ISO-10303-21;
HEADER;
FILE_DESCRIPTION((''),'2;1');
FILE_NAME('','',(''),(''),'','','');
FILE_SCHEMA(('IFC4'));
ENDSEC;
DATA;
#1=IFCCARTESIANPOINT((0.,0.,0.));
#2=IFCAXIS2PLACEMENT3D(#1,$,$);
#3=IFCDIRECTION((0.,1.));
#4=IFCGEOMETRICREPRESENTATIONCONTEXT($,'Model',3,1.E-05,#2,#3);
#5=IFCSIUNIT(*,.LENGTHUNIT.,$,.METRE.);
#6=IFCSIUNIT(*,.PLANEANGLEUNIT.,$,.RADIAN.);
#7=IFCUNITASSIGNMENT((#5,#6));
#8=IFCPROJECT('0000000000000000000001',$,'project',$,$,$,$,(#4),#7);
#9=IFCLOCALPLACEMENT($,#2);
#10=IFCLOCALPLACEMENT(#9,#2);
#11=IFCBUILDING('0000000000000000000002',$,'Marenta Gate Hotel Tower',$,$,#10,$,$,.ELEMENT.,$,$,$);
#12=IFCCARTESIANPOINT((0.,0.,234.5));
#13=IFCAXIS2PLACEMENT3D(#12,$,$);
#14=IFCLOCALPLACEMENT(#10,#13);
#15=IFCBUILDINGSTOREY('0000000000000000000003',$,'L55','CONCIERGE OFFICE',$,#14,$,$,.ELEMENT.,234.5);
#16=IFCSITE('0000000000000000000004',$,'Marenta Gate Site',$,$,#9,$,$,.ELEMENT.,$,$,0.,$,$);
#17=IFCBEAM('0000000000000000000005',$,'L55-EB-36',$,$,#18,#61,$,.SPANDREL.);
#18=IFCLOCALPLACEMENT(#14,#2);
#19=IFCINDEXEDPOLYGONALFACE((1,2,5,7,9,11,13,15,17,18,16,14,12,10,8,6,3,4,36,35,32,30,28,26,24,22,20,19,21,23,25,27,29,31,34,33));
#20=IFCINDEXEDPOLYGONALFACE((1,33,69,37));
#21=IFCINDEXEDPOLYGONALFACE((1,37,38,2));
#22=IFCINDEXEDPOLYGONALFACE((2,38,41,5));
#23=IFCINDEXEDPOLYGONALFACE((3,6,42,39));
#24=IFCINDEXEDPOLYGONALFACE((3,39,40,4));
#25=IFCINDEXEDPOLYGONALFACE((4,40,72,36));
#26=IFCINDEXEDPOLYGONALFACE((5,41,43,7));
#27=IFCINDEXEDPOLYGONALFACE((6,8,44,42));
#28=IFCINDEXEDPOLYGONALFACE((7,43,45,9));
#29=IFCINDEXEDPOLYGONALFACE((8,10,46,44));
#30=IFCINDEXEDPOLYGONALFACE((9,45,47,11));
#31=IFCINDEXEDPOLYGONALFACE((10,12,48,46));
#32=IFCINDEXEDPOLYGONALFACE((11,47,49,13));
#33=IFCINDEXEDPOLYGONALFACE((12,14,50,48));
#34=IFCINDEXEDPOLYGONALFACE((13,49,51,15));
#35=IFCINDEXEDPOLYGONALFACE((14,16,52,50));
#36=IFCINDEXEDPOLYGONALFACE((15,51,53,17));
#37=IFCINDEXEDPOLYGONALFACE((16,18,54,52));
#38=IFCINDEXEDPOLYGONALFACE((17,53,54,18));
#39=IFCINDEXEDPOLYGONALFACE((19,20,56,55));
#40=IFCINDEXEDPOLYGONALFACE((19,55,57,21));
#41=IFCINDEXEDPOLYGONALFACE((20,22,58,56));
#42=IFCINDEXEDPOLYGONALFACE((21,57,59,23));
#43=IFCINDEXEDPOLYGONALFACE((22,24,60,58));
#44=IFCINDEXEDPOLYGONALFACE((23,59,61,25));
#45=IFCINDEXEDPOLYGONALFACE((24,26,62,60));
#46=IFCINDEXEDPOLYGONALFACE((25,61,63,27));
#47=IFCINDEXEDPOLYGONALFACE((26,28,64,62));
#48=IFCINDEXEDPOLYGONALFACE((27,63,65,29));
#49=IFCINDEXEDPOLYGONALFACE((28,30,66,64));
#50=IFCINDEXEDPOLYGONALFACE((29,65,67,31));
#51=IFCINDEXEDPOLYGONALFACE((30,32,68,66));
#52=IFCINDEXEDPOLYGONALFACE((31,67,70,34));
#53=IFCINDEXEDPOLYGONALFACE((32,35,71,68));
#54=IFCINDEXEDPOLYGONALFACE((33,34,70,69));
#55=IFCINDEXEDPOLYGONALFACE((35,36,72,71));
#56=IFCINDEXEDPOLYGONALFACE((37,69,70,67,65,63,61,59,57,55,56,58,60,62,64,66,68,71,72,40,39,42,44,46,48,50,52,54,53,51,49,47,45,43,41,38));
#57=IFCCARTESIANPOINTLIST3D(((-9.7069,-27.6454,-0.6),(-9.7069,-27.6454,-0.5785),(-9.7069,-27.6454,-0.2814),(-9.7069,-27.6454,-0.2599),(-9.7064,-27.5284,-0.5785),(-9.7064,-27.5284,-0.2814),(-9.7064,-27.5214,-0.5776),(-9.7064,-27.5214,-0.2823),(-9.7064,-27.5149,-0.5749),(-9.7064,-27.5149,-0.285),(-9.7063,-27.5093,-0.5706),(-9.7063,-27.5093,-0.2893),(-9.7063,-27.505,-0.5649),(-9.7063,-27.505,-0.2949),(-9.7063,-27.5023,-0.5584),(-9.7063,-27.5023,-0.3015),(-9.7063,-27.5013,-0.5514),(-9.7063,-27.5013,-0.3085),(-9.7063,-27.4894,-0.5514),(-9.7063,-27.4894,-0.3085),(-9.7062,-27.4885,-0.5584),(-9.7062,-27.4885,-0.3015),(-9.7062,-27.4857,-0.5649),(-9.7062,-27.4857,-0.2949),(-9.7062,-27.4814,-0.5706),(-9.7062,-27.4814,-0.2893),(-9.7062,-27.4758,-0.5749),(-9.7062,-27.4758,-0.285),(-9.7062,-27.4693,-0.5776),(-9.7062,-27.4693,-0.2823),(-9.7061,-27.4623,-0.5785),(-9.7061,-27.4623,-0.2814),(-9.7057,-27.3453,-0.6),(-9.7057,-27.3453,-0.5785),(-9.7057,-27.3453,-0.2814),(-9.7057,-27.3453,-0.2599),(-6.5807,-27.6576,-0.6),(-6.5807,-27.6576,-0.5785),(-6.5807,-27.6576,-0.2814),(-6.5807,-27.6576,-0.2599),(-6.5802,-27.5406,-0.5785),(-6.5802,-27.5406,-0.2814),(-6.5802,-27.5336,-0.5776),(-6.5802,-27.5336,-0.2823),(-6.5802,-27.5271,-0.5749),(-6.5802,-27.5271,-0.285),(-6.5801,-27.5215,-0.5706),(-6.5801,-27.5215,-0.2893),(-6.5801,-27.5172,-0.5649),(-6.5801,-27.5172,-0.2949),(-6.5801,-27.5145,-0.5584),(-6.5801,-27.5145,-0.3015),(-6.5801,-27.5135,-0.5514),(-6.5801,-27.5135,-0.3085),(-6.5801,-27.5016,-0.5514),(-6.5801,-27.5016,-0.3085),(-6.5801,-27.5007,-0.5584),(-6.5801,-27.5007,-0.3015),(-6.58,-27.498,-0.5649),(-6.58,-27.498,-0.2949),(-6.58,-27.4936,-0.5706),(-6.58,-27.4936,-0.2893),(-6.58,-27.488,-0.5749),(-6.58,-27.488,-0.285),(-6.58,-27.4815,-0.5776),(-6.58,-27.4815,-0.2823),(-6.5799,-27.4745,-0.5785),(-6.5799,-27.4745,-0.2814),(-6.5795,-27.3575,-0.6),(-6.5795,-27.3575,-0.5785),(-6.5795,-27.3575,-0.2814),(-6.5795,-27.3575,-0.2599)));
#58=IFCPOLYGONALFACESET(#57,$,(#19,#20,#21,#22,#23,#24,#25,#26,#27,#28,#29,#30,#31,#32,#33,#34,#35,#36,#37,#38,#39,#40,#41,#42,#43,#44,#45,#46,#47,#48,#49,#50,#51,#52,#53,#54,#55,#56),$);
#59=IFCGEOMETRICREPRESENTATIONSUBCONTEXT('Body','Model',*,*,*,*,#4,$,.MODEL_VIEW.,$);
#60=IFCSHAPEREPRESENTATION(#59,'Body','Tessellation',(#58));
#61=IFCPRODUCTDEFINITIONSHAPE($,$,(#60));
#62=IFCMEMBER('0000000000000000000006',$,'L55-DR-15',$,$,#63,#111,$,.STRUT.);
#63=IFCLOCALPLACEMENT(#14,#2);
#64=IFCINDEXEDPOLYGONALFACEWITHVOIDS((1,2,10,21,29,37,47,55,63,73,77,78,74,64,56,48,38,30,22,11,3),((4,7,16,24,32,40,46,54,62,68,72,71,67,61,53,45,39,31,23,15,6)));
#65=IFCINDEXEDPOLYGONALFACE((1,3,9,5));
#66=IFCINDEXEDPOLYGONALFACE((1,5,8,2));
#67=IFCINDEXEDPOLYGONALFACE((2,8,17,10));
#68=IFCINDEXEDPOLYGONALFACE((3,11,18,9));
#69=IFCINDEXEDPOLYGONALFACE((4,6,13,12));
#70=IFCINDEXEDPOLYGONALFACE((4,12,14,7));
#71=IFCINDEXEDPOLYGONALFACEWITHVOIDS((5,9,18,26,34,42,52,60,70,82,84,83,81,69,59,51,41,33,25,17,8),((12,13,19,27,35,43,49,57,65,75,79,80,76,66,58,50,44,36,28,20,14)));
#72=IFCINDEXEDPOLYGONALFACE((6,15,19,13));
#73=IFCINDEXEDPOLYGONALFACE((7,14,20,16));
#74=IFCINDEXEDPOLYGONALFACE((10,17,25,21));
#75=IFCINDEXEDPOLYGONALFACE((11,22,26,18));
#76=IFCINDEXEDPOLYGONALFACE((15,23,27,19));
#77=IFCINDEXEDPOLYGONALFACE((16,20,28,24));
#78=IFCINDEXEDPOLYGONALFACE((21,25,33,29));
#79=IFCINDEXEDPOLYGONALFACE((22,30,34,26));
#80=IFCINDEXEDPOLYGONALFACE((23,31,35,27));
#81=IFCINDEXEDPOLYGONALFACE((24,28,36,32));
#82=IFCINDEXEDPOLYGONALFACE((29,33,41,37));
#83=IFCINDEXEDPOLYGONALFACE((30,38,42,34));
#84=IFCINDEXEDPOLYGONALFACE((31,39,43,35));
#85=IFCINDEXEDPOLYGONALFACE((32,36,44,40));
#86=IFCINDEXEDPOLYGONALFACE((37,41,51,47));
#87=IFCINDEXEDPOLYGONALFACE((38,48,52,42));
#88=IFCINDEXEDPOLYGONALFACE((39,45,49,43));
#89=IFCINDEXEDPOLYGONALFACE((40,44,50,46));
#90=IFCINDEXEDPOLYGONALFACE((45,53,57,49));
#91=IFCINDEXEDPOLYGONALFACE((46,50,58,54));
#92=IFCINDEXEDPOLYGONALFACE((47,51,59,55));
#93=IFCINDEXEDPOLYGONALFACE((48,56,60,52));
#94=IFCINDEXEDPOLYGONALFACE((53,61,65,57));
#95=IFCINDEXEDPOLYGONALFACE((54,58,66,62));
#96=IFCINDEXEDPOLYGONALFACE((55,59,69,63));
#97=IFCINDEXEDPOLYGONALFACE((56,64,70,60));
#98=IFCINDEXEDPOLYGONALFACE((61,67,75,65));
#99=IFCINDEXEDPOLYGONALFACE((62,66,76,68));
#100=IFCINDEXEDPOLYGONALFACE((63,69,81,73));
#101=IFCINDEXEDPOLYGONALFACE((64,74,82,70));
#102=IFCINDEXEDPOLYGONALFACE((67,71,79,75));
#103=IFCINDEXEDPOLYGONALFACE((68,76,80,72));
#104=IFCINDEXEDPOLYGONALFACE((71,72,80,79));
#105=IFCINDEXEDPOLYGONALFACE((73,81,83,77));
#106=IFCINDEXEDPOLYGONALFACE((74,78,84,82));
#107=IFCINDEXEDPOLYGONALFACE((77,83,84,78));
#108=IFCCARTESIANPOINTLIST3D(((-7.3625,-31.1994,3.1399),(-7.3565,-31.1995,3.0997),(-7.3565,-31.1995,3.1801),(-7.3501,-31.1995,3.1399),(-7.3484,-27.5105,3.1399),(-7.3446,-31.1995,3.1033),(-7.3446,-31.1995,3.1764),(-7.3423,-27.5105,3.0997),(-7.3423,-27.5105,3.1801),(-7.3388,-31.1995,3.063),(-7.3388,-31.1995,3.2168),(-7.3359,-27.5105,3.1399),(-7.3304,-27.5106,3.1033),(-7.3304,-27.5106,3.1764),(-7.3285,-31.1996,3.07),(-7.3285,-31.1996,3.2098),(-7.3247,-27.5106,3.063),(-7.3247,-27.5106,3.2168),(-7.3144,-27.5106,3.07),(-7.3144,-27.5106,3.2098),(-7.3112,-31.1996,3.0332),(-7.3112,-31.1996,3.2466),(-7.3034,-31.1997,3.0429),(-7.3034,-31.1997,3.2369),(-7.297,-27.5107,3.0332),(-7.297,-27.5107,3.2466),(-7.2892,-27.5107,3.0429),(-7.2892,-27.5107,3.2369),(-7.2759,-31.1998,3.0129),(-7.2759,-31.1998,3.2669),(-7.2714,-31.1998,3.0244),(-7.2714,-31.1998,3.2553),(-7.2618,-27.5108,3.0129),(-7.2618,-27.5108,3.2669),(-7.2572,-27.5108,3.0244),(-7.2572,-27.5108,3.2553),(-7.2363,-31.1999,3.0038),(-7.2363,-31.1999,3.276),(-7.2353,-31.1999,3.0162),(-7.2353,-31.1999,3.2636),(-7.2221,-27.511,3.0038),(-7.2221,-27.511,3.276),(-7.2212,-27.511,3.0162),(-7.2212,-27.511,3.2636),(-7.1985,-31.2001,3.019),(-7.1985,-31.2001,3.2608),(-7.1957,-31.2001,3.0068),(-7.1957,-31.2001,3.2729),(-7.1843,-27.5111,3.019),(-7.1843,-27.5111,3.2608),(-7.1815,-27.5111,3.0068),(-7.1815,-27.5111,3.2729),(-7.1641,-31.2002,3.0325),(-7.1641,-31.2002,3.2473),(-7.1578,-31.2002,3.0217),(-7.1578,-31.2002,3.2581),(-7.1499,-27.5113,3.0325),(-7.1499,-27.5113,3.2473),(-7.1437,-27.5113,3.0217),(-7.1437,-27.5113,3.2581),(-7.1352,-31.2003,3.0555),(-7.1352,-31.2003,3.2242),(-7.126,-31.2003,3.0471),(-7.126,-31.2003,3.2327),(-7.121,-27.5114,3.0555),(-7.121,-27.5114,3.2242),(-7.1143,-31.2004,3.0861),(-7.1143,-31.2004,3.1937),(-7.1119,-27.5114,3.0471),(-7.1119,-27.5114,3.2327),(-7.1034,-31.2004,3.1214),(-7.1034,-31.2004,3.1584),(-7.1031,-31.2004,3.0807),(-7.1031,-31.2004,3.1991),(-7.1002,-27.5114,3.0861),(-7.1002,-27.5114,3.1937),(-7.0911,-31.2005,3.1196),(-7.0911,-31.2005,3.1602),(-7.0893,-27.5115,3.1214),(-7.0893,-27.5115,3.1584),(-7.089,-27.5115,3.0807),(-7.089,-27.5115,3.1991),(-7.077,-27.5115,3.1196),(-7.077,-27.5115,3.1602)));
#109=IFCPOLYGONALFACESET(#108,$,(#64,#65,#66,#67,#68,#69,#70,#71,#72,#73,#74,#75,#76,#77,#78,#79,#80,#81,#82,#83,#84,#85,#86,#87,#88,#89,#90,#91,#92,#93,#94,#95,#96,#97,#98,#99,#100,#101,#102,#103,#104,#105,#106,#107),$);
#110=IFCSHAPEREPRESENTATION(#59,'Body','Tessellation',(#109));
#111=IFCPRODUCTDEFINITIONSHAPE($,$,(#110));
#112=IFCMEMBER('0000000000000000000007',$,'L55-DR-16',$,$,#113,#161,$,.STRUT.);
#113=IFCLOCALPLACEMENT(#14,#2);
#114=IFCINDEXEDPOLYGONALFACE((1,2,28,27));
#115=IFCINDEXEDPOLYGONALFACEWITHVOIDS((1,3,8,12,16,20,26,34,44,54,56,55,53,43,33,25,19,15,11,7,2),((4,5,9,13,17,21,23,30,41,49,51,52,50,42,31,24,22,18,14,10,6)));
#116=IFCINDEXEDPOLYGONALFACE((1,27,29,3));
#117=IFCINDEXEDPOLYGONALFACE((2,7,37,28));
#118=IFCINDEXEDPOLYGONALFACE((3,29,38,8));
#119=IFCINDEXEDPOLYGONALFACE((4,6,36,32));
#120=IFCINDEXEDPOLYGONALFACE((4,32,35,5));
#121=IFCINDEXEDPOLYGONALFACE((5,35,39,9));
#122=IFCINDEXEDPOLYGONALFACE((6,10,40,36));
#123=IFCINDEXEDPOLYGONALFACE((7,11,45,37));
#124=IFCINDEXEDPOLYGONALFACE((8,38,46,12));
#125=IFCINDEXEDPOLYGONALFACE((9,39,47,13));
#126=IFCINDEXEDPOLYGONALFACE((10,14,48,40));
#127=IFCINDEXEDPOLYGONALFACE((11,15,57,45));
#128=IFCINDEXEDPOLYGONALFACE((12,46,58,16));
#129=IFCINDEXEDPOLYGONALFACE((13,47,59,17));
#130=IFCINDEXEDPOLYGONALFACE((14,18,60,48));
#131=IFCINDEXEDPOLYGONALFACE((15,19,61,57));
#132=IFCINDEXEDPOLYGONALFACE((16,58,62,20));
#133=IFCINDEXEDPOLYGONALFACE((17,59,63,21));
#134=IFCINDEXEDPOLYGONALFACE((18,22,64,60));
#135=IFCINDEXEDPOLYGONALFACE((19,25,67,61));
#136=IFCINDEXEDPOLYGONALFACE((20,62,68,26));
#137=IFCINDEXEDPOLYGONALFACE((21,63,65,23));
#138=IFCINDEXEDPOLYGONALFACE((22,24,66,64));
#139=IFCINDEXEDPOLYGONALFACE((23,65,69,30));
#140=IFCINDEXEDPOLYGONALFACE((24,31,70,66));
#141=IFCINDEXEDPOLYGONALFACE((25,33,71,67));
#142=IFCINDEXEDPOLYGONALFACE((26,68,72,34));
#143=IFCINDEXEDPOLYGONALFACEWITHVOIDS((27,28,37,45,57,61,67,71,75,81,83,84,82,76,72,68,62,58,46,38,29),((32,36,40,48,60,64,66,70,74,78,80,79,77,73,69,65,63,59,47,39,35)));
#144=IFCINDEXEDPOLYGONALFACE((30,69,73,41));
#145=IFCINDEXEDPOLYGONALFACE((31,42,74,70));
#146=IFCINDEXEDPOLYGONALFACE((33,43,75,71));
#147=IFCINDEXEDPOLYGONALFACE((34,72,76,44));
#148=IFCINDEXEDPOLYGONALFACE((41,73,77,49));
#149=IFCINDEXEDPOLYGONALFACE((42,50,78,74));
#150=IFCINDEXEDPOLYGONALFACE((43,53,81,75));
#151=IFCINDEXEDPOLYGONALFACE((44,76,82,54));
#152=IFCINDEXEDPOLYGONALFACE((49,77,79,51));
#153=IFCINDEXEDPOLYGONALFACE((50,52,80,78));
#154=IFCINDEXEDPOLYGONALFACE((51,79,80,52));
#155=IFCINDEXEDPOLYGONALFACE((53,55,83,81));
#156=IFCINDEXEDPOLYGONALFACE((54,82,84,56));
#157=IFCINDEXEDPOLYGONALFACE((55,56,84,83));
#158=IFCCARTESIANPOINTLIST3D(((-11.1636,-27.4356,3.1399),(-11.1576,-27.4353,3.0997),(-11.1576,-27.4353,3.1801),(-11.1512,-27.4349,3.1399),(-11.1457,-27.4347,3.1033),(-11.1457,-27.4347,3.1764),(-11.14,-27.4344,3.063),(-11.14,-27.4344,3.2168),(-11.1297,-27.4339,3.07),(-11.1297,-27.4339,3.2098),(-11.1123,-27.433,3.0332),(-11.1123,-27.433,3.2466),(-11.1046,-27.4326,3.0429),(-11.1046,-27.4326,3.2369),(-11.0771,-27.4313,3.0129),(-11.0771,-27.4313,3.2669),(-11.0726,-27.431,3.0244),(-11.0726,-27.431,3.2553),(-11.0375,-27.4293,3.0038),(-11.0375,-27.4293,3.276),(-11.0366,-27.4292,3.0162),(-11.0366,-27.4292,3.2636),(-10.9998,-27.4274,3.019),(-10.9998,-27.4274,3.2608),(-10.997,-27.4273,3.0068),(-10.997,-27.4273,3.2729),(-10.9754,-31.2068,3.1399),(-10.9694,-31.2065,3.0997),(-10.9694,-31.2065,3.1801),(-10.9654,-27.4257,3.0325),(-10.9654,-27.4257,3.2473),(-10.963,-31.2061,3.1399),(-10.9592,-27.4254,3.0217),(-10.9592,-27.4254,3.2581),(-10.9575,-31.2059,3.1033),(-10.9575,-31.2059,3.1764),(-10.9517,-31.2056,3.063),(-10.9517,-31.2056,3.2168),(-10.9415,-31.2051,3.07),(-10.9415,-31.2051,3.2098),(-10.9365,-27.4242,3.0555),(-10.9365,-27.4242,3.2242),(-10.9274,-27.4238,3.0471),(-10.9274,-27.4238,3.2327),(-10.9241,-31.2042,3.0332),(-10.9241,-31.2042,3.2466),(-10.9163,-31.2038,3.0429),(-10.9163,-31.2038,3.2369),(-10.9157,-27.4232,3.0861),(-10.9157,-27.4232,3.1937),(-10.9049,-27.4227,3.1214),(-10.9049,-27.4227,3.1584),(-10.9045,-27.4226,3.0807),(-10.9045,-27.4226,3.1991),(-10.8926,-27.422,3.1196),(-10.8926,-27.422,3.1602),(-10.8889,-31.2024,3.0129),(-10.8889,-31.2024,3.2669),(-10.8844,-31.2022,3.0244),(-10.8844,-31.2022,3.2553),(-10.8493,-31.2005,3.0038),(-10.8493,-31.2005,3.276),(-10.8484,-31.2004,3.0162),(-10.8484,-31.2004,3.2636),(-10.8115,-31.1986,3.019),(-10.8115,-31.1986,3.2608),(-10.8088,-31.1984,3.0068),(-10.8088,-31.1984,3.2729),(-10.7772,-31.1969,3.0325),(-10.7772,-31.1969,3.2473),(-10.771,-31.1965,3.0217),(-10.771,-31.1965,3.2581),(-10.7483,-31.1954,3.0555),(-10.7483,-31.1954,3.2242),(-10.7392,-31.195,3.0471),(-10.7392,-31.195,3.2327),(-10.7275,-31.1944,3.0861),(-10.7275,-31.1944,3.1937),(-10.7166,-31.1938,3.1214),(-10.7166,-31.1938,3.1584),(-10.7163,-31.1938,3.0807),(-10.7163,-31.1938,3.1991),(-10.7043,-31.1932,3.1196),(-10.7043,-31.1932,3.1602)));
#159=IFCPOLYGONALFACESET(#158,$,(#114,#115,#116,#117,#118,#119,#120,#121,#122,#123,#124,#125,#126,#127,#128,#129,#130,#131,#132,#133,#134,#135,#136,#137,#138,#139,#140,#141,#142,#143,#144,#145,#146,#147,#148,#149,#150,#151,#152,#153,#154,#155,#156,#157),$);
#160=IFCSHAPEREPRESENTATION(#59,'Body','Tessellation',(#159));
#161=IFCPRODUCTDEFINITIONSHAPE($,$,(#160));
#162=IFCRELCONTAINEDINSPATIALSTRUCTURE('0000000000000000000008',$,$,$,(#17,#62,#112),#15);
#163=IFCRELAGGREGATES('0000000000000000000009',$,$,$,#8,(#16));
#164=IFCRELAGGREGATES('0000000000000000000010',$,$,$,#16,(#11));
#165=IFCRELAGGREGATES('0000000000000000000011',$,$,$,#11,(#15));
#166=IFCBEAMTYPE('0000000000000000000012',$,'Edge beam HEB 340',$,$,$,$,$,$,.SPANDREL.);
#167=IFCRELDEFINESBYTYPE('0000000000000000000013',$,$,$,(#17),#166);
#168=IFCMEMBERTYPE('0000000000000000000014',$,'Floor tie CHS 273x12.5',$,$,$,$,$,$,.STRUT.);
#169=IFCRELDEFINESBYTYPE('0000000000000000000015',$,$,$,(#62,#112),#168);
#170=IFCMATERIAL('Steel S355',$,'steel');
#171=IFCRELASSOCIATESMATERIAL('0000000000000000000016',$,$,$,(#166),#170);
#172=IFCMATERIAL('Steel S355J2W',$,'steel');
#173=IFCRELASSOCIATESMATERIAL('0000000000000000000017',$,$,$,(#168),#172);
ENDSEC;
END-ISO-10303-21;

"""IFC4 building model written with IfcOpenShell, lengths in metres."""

from ifc_helpers import new_model, si_unit, direction, frame, origin, origin_2d, place, context, subcontext, project, spatial, hollow_circle, i_section, extrude, material, material_profile, profile_set, type_object, element, save


model = new_model("IFC4")

# Units and contexts
model_context = context("Model", 3, precision=1e-05, world=origin(), true_north=direction((0.0, 1.0)))
body_context = subcontext(model_context, "Body", "Model", "MODEL_VIEW")
ifc_project = project(units=[si_unit("LENGTHUNIT", "METRE"), si_unit("PLANEANGLEUNIT", "RADIAN")], contexts=[model_context])

# Site, building, storey
site_placement = place(None, origin())
site = spatial("IfcSite", under=ifc_project, at=site_placement, Name="Marenta Gate Site", CompositionType="ELEMENT", RefElevation=0.0)
building_placement = place(site_placement, origin())
building = spatial("IfcBuilding", under=site, at=building_placement, Name="Marenta Gate Hotel Tower", CompositionType="ELEMENT")
storey_placement = place(building_placement, frame((0.0, 0.0, 234.5)))
storey = spatial("IfcBuildingStorey", under=building, at=storey_placement, Name="L55", Description="CONCIERGE OFFICE", CompositionType="ELEMENT", Elevation=234.5)

# Beam
ifc_material_1 = material(Name="Steel S355", Category="steel")
ifc_material_profile_1 = material_profile(ifc_material_1, i_section(OverallWidth=0.3, OverallDepth=0.3401, WebThickness=0.012, FlangeThickness=0.0215, FilletRadius=0.0271, at=origin_2d()), Name="HEB 340")
ifc_profile_set_1 = profile_set([ifc_material_profile_1], Name="Steel S355")
beam_type = type_object("IfcBeamType", Name="Edge beam HEB 340", PredefinedType="SPANDREL", material=ifc_profile_set_1)
beam_1_placement = place(storey_placement, frame((-6.5801, -27.5076, -0.4299), z_axis=(-0.999992, 0.003905, 0.0), x_axis=(-0.003905, -0.999992, 0.0)))
element("IfcBeam", 1, at=beam_1_placement, inside=storey, type_object=beam_type, Name="L55-EB-36", PredefinedType="SPANDREL", context=body_context, shape_type="SweptSolid", body=[
    extrude(i_section(OverallWidth=0.3, OverallDepth=0.3401, WebThickness=0.012, FlangeThickness=0.0215, FilletRadius=0.0271, at=origin_2d()), origin(), (0.0, 0.0, 1.0), 3.1262),
])

# Members
ifc_material_2 = material(Name="Steel S355J2W", Category="steel")
ifc_material_profile_2 = material_profile(ifc_material_2, hollow_circle(Radius=0.1365, WallThickness=0.0125, at=origin_2d()), Name="CHS 273x12.5")
ifc_profile_set_2 = profile_set([ifc_material_profile_2], Name="Steel S355J2W")
member_type_1 = type_object("IfcMemberType", Name="Floor tie CHS 273x12.5", PredefinedType="STRUT", material=ifc_profile_set_2)
member_1_placement = place(storey_placement, frame((-7.2261, -31.2, 3.1399), z_axis=(0.003838, 0.999993, 0.0), x_axis=(-0.999993, 0.003838, 0.0)))
element("IfcMember", 2, at=member_1_placement, inside=storey, type_object=member_type_1, Name="L55-DR-15", PredefinedType="STRUT", context=body_context, shape_type="SweptSolid", body=[
    extrude(hollow_circle(Radius=0.1365, WallThickness=0.0125, at=origin_2d()), origin(), (0.0, 0.0, 1.0), 3.689),
])
member_2_placement = place(storey_placement, frame((-10.8391, -31.2, 3.1399), z_axis=(-0.049851, 0.998757, 0.0), x_axis=(-0.998757, -0.049851, 0.0)))
element("IfcMember", 3, at=member_2_placement, inside=storey, type_object=member_type_1, Name="L55-DR-16", PredefinedType="STRUT", context=body_context, shape_type="SweptSolid", body=[
    extrude(hollow_circle(Radius=0.1365, WallThickness=0.0125, at=origin_2d()), origin(), (0.0, 0.0, 1.0), 3.7759),
])

save(model, "model.ifc")
